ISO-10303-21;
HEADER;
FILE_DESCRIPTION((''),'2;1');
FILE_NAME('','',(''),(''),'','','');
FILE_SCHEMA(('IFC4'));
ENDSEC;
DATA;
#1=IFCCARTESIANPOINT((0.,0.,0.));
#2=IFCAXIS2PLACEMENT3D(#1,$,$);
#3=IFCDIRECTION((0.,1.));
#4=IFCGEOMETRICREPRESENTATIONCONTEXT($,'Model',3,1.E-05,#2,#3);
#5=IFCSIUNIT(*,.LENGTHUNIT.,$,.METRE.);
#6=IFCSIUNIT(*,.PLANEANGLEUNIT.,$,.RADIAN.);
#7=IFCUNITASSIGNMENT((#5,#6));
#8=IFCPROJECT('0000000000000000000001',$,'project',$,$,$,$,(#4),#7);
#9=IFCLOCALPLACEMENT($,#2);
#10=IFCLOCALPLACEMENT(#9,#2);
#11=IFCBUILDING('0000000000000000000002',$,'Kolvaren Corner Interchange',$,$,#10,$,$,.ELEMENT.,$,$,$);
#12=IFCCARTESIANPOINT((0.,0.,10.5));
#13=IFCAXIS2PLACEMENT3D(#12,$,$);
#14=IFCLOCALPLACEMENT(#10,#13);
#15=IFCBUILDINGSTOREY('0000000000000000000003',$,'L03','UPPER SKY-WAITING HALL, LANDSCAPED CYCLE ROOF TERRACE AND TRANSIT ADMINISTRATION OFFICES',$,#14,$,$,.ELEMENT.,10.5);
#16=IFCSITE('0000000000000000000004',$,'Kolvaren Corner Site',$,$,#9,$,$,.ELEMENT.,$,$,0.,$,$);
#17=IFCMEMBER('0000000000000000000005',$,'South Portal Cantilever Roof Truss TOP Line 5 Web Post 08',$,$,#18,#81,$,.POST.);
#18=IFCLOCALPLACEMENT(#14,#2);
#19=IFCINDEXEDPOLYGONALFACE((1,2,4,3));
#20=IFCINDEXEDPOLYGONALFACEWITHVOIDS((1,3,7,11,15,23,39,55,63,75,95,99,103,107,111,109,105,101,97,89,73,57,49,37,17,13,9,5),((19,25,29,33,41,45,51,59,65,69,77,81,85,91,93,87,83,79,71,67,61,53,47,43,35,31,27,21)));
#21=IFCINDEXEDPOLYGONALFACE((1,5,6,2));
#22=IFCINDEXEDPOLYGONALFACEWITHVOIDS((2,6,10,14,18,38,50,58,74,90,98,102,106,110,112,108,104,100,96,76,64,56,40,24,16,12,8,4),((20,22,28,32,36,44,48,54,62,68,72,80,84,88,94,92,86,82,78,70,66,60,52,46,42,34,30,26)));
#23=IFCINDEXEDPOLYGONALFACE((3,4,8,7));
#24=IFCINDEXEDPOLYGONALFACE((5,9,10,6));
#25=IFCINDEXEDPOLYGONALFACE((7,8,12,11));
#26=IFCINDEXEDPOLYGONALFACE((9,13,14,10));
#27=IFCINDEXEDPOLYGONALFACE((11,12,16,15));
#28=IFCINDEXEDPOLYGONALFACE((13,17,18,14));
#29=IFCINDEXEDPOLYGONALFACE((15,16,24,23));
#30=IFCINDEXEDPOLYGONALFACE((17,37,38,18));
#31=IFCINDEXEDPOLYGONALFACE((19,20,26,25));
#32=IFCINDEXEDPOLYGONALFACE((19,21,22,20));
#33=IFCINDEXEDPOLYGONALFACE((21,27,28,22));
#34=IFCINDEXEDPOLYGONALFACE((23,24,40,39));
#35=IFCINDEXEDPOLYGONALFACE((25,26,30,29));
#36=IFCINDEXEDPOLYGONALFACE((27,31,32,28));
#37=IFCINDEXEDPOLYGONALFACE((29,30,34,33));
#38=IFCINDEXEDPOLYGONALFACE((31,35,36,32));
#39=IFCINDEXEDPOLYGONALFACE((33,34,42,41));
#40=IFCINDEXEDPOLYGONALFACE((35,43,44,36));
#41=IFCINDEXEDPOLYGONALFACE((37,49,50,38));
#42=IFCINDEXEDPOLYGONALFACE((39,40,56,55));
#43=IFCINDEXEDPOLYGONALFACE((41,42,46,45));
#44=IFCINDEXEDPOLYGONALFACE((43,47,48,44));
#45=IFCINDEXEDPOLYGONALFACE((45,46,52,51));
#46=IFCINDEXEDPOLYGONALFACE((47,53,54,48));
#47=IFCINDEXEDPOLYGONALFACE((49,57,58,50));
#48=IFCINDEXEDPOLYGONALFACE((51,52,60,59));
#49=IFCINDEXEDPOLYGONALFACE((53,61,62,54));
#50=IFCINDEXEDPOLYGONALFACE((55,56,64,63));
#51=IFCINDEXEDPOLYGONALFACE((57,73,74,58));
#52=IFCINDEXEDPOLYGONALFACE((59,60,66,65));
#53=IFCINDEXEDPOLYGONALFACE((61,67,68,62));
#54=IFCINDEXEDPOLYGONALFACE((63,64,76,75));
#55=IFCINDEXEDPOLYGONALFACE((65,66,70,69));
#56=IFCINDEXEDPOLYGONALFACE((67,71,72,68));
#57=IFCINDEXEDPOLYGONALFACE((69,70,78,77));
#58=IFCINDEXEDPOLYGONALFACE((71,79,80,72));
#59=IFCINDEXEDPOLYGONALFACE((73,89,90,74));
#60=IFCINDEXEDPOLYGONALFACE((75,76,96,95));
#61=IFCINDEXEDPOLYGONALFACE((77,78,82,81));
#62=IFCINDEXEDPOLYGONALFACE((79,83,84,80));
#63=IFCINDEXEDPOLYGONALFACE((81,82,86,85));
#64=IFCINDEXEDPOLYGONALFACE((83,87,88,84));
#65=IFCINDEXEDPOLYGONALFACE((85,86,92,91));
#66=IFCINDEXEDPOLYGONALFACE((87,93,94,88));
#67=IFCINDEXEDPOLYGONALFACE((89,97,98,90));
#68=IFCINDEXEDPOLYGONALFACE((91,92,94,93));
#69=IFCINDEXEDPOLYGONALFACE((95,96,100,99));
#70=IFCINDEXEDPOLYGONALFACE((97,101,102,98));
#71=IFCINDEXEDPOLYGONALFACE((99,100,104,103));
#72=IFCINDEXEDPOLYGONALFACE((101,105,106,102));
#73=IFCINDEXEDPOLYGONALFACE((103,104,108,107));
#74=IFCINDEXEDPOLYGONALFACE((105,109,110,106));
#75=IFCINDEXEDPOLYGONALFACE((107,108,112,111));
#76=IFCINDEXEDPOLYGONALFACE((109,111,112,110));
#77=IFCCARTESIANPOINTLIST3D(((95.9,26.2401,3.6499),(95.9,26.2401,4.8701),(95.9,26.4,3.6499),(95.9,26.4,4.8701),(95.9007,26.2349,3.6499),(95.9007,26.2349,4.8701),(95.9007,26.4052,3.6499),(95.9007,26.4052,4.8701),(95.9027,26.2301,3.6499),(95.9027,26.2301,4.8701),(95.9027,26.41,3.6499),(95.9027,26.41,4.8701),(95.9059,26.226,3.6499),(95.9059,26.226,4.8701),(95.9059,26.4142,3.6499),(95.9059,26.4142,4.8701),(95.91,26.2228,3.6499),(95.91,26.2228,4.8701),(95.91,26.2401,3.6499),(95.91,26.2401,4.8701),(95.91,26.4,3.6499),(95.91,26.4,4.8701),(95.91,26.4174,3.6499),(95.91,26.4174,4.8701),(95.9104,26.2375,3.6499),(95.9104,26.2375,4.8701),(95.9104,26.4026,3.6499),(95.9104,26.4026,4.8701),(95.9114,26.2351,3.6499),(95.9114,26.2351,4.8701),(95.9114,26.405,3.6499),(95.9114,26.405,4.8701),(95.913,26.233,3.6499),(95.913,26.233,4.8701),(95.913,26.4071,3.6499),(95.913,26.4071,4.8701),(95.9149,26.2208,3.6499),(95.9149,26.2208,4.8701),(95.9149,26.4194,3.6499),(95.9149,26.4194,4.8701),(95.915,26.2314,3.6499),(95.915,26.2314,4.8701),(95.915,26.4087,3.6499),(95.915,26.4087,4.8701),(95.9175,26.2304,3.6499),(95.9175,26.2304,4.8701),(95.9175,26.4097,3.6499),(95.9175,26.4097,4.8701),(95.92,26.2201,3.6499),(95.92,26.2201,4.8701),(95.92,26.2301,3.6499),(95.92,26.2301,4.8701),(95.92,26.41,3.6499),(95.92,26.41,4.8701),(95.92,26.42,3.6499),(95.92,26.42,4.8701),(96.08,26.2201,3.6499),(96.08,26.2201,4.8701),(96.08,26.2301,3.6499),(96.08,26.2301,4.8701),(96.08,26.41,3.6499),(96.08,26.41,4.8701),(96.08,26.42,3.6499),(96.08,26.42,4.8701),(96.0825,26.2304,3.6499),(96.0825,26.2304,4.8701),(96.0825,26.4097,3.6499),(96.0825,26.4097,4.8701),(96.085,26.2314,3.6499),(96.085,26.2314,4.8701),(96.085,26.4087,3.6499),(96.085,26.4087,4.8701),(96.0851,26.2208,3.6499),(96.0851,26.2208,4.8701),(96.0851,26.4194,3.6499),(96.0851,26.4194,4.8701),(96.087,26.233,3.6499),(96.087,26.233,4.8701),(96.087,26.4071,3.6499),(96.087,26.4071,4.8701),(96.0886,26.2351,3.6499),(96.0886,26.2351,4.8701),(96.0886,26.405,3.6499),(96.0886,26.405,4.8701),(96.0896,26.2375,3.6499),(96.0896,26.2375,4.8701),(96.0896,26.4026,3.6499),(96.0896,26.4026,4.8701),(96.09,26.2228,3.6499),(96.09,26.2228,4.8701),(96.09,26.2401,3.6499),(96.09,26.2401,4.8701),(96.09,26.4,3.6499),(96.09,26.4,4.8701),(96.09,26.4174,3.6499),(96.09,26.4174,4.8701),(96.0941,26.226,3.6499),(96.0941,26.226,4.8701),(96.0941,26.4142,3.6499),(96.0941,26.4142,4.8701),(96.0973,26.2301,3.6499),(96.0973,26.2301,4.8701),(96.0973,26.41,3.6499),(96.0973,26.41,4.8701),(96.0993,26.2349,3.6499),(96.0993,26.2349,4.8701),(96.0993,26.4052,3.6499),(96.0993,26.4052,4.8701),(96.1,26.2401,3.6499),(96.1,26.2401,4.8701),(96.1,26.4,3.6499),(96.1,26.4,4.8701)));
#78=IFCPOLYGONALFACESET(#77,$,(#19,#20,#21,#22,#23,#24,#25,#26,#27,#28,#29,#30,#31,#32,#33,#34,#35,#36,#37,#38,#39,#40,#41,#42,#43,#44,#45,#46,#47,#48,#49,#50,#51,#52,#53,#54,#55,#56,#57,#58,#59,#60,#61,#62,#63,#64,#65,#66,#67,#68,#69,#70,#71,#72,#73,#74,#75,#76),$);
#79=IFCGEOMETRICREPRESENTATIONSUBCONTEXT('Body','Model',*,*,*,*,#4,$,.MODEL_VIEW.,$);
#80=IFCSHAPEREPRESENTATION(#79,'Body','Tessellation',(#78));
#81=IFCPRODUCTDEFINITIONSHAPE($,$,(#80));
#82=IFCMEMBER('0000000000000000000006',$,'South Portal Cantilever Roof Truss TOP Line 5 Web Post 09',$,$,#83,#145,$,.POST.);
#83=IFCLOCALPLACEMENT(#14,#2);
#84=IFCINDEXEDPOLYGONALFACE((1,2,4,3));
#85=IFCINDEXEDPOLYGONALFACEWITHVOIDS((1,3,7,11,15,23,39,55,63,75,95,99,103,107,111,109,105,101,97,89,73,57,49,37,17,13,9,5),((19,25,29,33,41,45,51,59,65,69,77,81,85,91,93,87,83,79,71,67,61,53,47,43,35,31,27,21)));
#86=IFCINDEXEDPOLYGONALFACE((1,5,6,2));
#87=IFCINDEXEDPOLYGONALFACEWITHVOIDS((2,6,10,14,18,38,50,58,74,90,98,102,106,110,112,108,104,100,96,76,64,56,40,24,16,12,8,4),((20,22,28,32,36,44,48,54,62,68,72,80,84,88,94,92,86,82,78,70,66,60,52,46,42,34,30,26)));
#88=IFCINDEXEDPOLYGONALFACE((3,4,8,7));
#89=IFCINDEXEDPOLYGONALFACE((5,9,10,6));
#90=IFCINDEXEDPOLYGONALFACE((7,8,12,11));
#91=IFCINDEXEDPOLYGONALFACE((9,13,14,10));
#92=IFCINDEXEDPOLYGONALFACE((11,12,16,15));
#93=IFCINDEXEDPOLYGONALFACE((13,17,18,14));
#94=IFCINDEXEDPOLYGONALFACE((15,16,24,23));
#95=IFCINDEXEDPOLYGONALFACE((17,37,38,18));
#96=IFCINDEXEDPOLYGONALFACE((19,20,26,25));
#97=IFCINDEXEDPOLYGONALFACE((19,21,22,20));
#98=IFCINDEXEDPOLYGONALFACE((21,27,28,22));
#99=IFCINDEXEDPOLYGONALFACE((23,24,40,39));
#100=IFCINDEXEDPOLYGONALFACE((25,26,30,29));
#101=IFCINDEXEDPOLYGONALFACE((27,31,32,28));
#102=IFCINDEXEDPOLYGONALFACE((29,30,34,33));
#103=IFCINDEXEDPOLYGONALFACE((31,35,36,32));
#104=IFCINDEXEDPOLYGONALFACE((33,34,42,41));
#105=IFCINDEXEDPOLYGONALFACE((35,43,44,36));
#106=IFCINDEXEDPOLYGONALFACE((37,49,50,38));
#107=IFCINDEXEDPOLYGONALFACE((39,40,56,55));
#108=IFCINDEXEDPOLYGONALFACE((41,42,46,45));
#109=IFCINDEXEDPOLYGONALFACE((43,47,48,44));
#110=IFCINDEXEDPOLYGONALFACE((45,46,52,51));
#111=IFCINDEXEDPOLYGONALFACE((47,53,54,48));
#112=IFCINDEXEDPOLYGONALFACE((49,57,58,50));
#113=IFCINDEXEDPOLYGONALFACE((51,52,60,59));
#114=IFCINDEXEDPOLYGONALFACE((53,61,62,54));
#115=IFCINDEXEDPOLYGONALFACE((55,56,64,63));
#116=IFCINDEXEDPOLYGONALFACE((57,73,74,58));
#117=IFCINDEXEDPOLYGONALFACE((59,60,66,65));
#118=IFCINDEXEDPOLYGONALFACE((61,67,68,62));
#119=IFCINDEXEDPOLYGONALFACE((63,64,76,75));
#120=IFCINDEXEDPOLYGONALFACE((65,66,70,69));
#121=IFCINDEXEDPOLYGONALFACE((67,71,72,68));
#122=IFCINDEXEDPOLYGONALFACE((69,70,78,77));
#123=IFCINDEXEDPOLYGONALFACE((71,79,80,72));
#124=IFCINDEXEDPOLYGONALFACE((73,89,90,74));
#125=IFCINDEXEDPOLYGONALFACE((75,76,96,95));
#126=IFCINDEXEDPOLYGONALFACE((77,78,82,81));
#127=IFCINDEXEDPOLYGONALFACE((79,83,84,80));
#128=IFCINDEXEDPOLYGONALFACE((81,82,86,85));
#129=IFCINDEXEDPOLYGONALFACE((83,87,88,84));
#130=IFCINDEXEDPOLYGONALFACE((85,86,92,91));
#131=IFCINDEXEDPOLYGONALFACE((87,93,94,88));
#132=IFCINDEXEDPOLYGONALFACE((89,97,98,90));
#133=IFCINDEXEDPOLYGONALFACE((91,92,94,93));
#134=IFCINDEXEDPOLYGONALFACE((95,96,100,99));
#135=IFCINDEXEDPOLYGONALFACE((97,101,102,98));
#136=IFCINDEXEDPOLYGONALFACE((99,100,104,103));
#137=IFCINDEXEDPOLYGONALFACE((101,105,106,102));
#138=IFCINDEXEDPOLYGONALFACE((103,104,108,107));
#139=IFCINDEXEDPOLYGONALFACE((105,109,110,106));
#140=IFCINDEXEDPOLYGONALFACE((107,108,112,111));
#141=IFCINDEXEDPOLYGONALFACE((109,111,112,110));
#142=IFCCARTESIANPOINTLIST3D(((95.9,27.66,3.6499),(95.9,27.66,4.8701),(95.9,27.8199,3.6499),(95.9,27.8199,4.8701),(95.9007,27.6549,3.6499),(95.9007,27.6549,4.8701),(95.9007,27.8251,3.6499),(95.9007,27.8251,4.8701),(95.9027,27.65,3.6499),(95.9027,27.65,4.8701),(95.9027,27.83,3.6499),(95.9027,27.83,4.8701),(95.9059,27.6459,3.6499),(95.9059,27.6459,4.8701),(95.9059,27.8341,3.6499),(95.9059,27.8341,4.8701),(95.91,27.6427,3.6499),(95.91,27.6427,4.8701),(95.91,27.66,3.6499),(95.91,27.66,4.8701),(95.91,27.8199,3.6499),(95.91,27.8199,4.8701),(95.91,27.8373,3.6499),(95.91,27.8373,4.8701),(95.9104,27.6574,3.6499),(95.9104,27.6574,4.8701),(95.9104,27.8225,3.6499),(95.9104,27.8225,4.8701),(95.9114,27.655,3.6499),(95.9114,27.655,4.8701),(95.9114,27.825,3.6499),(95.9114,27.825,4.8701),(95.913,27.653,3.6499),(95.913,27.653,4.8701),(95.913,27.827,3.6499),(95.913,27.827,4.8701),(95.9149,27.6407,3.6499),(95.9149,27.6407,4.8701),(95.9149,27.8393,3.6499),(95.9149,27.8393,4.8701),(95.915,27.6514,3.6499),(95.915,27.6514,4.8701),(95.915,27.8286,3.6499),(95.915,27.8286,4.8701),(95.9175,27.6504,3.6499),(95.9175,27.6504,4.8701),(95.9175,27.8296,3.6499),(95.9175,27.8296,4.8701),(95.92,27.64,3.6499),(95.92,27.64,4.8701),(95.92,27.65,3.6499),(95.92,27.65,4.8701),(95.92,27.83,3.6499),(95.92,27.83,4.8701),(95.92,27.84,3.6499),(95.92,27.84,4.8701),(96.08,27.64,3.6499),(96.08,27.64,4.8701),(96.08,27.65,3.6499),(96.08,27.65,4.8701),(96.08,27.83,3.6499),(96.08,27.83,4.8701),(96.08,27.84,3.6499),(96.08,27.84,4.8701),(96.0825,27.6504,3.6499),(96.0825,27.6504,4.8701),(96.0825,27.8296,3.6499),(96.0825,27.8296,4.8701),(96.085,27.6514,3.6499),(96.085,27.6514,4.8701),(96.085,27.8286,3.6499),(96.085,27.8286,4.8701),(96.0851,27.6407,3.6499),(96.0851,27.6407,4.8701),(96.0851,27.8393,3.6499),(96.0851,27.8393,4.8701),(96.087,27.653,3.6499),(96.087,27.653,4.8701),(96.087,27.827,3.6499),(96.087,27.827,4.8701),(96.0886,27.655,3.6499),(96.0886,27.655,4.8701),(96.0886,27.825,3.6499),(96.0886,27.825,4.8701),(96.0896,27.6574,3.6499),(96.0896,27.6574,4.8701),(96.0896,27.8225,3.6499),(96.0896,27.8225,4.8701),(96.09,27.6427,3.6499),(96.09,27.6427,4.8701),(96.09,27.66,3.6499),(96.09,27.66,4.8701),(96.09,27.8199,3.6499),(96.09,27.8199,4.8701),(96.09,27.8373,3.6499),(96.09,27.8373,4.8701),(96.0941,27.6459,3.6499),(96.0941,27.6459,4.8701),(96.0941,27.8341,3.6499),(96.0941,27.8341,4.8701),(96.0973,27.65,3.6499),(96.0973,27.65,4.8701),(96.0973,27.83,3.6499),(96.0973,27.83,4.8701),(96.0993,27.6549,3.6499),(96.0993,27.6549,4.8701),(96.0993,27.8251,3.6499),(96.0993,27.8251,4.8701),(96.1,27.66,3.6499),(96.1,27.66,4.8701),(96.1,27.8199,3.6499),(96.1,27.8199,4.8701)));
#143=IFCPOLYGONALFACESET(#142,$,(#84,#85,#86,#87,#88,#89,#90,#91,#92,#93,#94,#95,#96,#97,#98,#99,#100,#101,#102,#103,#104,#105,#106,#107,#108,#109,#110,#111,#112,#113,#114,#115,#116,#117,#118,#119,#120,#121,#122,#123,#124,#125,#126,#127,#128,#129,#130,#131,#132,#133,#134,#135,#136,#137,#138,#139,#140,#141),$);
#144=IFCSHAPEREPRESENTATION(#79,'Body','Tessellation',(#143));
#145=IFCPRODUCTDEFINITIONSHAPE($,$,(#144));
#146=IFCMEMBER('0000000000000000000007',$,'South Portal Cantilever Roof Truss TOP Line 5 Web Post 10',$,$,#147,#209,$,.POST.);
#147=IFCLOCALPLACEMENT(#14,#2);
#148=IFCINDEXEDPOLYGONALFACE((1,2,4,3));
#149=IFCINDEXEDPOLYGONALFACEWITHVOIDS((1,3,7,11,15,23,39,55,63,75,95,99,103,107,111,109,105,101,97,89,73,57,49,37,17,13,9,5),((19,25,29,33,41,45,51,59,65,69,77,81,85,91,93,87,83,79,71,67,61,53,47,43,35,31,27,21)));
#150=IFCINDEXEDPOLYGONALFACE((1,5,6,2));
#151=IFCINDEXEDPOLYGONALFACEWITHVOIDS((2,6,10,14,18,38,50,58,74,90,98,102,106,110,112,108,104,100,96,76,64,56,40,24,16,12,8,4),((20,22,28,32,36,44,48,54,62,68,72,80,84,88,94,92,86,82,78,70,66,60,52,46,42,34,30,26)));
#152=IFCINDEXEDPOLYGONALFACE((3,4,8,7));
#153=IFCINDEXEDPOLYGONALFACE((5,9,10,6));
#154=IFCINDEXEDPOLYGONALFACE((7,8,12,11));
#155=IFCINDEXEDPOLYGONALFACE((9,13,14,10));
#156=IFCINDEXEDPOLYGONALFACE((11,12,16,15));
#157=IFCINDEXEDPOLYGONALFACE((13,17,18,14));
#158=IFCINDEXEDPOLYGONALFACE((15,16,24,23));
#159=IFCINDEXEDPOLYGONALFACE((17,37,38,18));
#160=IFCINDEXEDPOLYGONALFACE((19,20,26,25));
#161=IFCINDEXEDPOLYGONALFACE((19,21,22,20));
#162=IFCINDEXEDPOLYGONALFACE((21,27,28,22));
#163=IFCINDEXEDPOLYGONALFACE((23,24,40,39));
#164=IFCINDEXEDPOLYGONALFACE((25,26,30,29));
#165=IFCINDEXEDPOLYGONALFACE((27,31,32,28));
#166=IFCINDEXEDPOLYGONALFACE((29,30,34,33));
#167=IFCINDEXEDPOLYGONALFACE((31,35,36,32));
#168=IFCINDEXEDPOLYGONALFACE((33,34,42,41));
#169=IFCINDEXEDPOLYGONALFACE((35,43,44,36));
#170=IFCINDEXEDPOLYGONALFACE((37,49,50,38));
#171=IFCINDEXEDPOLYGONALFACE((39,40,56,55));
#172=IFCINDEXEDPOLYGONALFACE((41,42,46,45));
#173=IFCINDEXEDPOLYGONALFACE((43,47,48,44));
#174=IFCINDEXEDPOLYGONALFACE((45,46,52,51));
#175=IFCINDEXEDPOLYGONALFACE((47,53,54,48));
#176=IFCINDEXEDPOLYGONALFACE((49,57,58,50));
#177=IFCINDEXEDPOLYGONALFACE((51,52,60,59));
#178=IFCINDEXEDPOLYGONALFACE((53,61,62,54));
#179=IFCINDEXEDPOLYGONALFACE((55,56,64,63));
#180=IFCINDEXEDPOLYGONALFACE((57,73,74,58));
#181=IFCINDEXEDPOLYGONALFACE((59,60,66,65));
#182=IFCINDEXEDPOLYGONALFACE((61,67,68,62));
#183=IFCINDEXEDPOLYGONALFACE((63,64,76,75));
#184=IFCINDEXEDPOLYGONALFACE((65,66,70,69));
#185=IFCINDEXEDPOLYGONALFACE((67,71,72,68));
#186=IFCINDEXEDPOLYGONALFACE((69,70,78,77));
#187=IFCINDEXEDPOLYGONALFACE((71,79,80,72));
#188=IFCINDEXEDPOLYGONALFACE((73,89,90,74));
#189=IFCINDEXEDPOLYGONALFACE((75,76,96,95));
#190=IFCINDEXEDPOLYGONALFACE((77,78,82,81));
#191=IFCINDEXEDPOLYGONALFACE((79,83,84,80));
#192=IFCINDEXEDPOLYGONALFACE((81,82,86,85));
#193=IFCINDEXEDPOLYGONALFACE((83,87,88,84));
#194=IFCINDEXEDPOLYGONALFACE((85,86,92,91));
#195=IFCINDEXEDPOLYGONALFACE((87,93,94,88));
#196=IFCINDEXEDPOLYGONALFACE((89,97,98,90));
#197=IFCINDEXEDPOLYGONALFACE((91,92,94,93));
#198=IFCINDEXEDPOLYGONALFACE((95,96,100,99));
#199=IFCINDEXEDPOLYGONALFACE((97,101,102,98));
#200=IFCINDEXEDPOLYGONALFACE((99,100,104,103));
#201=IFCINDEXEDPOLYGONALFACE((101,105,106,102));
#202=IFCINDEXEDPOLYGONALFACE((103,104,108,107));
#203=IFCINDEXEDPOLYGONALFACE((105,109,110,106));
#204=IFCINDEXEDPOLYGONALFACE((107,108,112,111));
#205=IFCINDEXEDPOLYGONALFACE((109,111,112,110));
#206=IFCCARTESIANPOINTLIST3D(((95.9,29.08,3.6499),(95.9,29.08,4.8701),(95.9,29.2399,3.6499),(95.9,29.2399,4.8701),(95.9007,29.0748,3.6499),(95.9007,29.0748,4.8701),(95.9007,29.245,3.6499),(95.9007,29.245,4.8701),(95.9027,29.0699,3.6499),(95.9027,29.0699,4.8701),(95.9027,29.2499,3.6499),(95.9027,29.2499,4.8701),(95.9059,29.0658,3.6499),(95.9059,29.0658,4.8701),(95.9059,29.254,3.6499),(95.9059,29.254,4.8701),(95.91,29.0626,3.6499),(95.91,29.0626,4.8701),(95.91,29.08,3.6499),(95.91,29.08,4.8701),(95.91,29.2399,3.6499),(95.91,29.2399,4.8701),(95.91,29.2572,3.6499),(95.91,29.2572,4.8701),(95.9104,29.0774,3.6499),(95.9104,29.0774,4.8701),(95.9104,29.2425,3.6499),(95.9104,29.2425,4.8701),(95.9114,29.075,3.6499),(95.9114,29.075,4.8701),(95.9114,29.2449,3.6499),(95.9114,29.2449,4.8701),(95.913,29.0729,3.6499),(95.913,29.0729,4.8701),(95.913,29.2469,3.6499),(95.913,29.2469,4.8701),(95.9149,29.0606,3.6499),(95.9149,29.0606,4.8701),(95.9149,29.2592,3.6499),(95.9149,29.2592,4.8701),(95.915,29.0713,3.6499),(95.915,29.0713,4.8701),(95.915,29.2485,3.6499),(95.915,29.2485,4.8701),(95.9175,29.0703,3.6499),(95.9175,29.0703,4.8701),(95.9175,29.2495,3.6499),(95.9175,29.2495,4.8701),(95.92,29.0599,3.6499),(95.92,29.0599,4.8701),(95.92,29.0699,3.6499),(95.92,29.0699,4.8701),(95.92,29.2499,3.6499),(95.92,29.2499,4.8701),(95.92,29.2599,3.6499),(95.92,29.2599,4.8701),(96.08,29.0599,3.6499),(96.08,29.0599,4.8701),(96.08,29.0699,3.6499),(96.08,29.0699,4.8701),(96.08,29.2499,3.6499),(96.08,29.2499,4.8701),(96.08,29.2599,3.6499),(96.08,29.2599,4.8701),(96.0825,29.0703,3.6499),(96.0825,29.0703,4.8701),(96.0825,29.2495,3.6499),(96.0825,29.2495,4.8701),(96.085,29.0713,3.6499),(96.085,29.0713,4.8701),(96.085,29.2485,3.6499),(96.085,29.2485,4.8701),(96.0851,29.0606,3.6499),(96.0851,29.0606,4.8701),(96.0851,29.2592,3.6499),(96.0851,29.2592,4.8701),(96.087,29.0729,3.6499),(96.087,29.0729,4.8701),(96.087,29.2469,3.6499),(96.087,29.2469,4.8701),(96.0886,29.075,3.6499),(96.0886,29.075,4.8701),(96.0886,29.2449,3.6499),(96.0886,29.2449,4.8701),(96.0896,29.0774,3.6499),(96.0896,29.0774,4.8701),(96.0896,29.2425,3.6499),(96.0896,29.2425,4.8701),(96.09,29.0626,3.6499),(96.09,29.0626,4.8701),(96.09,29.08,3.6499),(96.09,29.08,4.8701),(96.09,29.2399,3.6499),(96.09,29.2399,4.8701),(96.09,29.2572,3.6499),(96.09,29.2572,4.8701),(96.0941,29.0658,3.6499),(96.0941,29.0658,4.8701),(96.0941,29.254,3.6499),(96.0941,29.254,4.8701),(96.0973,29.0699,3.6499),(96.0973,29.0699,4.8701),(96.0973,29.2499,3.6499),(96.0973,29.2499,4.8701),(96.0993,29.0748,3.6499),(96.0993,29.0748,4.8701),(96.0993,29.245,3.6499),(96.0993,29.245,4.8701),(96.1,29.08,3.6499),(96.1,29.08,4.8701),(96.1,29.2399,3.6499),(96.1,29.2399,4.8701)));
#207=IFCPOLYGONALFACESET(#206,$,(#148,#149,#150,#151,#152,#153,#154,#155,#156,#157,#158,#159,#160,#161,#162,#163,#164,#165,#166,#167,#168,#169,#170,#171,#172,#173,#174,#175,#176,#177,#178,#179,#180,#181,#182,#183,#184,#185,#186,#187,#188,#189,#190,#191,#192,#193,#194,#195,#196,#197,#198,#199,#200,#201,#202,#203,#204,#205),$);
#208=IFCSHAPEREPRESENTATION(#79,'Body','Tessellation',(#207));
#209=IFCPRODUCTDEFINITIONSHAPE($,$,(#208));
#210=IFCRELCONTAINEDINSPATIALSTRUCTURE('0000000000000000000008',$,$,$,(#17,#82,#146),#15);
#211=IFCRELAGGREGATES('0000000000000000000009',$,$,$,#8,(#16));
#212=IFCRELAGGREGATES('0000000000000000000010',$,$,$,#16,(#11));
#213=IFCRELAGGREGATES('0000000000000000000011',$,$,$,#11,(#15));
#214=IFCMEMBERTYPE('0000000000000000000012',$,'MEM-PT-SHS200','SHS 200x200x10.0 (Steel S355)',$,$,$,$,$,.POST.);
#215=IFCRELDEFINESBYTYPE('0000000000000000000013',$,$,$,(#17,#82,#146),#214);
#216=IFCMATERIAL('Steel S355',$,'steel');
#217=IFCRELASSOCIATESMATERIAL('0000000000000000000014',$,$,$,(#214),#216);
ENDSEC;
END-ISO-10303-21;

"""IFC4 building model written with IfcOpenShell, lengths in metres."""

from ifc_helpers import new_model, si_unit, direction, frame, origin, origin_2d, place, context, subcontext, project, spatial, hollow_rectangle, extrude, material, material_profile, profile_set, type_object, element, save


model = new_model("IFC4")

# Units and contexts
model_context = context("Model", 3, precision=1e-05, world=origin(), true_north=direction((0.0, 1.0)))
body_context = subcontext(model_context, "Body", "Model", "MODEL_VIEW")
ifc_project = project(units=[si_unit("LENGTHUNIT", "METRE"), si_unit("PLANEANGLEUNIT", "RADIAN")], contexts=[model_context])

# Site, building, storey
site_placement = place(None, origin())
site = spatial("IfcSite", under=ifc_project, at=site_placement, Name="Kolvaren Corner Site", CompositionType="ELEMENT", RefElevation=0.0)
building_placement = place(site_placement, origin())
building = spatial("IfcBuilding", under=site, at=building_placement, Name="Kolvaren Corner Interchange", CompositionType="ELEMENT")
storey_placement = place(building_placement, frame((0.0, 0.0, 10.5)))
storey = spatial("IfcBuildingStorey", under=building, at=storey_placement, Name="L03", Description="UPPER SKY-WAITING HALL, LANDSCAPED CYCLE ROOF TERRACE AND TRANSIT ADMINISTRATION OFFICES", CompositionType="ELEMENT", Elevation=10.5)

# Members
ifc_material_1 = material(Name="Steel S355", Category="steel")
ifc_material_profile_1 = material_profile(ifc_material_1, hollow_rectangle(XDim=0.2, YDim=0.2, WallThickness=0.01, InnerFilletRadius=0.01, OuterFilletRadius=0.02, at=origin_2d()), Name="SHS 200x200x10.0")
ifc_profile_set_1 = profile_set([ifc_material_profile_1], Name="Steel S355")
member_type_1 = type_object("IfcMemberType", Name="MEM-PT-SHS200", Description="SHS 200x200x10.0 (Steel S355)", PredefinedType="POST", material=ifc_profile_set_1)
for number, where, z_axis, x_axis, name in (
    (1, (96.0, 26.3201, 3.6499), (0.0, 0.0, 1.0), (1.0, 0.0, 0.0), "South Portal Cantilever Roof Truss TOP Line 5 Web Post 08"),
    (2, (96.0, 27.74, 3.6499), (0.0, 0.0, 1.0), (1.0, 0.0, 0.0), "South Portal Cantilever Roof Truss TOP Line 5 Web Post 09"),
    (3, (96.0, 29.1599, 3.6499), (0.0, 0.0, 1.0), (1.0, 0.0, 0.0), "South Portal Cantilever Roof Truss TOP Line 5 Web Post 10"),
):
    element("IfcMember", number, at=place(storey_placement, frame(where, z_axis=z_axis, x_axis=x_axis)), inside=storey, type_object=member_type_1, Name=name, PredefinedType="POST", context=body_context, shape_type="SweptSolid", body=[
        extrude(hollow_rectangle(XDim=0.2, YDim=0.2, WallThickness=0.01, InnerFilletRadius=0.01, OuterFilletRadius=0.02, at=origin_2d()), origin(), (0.0, 0.0, 1.0), 1.2202),
    ])

save(model, "model.ifc")
